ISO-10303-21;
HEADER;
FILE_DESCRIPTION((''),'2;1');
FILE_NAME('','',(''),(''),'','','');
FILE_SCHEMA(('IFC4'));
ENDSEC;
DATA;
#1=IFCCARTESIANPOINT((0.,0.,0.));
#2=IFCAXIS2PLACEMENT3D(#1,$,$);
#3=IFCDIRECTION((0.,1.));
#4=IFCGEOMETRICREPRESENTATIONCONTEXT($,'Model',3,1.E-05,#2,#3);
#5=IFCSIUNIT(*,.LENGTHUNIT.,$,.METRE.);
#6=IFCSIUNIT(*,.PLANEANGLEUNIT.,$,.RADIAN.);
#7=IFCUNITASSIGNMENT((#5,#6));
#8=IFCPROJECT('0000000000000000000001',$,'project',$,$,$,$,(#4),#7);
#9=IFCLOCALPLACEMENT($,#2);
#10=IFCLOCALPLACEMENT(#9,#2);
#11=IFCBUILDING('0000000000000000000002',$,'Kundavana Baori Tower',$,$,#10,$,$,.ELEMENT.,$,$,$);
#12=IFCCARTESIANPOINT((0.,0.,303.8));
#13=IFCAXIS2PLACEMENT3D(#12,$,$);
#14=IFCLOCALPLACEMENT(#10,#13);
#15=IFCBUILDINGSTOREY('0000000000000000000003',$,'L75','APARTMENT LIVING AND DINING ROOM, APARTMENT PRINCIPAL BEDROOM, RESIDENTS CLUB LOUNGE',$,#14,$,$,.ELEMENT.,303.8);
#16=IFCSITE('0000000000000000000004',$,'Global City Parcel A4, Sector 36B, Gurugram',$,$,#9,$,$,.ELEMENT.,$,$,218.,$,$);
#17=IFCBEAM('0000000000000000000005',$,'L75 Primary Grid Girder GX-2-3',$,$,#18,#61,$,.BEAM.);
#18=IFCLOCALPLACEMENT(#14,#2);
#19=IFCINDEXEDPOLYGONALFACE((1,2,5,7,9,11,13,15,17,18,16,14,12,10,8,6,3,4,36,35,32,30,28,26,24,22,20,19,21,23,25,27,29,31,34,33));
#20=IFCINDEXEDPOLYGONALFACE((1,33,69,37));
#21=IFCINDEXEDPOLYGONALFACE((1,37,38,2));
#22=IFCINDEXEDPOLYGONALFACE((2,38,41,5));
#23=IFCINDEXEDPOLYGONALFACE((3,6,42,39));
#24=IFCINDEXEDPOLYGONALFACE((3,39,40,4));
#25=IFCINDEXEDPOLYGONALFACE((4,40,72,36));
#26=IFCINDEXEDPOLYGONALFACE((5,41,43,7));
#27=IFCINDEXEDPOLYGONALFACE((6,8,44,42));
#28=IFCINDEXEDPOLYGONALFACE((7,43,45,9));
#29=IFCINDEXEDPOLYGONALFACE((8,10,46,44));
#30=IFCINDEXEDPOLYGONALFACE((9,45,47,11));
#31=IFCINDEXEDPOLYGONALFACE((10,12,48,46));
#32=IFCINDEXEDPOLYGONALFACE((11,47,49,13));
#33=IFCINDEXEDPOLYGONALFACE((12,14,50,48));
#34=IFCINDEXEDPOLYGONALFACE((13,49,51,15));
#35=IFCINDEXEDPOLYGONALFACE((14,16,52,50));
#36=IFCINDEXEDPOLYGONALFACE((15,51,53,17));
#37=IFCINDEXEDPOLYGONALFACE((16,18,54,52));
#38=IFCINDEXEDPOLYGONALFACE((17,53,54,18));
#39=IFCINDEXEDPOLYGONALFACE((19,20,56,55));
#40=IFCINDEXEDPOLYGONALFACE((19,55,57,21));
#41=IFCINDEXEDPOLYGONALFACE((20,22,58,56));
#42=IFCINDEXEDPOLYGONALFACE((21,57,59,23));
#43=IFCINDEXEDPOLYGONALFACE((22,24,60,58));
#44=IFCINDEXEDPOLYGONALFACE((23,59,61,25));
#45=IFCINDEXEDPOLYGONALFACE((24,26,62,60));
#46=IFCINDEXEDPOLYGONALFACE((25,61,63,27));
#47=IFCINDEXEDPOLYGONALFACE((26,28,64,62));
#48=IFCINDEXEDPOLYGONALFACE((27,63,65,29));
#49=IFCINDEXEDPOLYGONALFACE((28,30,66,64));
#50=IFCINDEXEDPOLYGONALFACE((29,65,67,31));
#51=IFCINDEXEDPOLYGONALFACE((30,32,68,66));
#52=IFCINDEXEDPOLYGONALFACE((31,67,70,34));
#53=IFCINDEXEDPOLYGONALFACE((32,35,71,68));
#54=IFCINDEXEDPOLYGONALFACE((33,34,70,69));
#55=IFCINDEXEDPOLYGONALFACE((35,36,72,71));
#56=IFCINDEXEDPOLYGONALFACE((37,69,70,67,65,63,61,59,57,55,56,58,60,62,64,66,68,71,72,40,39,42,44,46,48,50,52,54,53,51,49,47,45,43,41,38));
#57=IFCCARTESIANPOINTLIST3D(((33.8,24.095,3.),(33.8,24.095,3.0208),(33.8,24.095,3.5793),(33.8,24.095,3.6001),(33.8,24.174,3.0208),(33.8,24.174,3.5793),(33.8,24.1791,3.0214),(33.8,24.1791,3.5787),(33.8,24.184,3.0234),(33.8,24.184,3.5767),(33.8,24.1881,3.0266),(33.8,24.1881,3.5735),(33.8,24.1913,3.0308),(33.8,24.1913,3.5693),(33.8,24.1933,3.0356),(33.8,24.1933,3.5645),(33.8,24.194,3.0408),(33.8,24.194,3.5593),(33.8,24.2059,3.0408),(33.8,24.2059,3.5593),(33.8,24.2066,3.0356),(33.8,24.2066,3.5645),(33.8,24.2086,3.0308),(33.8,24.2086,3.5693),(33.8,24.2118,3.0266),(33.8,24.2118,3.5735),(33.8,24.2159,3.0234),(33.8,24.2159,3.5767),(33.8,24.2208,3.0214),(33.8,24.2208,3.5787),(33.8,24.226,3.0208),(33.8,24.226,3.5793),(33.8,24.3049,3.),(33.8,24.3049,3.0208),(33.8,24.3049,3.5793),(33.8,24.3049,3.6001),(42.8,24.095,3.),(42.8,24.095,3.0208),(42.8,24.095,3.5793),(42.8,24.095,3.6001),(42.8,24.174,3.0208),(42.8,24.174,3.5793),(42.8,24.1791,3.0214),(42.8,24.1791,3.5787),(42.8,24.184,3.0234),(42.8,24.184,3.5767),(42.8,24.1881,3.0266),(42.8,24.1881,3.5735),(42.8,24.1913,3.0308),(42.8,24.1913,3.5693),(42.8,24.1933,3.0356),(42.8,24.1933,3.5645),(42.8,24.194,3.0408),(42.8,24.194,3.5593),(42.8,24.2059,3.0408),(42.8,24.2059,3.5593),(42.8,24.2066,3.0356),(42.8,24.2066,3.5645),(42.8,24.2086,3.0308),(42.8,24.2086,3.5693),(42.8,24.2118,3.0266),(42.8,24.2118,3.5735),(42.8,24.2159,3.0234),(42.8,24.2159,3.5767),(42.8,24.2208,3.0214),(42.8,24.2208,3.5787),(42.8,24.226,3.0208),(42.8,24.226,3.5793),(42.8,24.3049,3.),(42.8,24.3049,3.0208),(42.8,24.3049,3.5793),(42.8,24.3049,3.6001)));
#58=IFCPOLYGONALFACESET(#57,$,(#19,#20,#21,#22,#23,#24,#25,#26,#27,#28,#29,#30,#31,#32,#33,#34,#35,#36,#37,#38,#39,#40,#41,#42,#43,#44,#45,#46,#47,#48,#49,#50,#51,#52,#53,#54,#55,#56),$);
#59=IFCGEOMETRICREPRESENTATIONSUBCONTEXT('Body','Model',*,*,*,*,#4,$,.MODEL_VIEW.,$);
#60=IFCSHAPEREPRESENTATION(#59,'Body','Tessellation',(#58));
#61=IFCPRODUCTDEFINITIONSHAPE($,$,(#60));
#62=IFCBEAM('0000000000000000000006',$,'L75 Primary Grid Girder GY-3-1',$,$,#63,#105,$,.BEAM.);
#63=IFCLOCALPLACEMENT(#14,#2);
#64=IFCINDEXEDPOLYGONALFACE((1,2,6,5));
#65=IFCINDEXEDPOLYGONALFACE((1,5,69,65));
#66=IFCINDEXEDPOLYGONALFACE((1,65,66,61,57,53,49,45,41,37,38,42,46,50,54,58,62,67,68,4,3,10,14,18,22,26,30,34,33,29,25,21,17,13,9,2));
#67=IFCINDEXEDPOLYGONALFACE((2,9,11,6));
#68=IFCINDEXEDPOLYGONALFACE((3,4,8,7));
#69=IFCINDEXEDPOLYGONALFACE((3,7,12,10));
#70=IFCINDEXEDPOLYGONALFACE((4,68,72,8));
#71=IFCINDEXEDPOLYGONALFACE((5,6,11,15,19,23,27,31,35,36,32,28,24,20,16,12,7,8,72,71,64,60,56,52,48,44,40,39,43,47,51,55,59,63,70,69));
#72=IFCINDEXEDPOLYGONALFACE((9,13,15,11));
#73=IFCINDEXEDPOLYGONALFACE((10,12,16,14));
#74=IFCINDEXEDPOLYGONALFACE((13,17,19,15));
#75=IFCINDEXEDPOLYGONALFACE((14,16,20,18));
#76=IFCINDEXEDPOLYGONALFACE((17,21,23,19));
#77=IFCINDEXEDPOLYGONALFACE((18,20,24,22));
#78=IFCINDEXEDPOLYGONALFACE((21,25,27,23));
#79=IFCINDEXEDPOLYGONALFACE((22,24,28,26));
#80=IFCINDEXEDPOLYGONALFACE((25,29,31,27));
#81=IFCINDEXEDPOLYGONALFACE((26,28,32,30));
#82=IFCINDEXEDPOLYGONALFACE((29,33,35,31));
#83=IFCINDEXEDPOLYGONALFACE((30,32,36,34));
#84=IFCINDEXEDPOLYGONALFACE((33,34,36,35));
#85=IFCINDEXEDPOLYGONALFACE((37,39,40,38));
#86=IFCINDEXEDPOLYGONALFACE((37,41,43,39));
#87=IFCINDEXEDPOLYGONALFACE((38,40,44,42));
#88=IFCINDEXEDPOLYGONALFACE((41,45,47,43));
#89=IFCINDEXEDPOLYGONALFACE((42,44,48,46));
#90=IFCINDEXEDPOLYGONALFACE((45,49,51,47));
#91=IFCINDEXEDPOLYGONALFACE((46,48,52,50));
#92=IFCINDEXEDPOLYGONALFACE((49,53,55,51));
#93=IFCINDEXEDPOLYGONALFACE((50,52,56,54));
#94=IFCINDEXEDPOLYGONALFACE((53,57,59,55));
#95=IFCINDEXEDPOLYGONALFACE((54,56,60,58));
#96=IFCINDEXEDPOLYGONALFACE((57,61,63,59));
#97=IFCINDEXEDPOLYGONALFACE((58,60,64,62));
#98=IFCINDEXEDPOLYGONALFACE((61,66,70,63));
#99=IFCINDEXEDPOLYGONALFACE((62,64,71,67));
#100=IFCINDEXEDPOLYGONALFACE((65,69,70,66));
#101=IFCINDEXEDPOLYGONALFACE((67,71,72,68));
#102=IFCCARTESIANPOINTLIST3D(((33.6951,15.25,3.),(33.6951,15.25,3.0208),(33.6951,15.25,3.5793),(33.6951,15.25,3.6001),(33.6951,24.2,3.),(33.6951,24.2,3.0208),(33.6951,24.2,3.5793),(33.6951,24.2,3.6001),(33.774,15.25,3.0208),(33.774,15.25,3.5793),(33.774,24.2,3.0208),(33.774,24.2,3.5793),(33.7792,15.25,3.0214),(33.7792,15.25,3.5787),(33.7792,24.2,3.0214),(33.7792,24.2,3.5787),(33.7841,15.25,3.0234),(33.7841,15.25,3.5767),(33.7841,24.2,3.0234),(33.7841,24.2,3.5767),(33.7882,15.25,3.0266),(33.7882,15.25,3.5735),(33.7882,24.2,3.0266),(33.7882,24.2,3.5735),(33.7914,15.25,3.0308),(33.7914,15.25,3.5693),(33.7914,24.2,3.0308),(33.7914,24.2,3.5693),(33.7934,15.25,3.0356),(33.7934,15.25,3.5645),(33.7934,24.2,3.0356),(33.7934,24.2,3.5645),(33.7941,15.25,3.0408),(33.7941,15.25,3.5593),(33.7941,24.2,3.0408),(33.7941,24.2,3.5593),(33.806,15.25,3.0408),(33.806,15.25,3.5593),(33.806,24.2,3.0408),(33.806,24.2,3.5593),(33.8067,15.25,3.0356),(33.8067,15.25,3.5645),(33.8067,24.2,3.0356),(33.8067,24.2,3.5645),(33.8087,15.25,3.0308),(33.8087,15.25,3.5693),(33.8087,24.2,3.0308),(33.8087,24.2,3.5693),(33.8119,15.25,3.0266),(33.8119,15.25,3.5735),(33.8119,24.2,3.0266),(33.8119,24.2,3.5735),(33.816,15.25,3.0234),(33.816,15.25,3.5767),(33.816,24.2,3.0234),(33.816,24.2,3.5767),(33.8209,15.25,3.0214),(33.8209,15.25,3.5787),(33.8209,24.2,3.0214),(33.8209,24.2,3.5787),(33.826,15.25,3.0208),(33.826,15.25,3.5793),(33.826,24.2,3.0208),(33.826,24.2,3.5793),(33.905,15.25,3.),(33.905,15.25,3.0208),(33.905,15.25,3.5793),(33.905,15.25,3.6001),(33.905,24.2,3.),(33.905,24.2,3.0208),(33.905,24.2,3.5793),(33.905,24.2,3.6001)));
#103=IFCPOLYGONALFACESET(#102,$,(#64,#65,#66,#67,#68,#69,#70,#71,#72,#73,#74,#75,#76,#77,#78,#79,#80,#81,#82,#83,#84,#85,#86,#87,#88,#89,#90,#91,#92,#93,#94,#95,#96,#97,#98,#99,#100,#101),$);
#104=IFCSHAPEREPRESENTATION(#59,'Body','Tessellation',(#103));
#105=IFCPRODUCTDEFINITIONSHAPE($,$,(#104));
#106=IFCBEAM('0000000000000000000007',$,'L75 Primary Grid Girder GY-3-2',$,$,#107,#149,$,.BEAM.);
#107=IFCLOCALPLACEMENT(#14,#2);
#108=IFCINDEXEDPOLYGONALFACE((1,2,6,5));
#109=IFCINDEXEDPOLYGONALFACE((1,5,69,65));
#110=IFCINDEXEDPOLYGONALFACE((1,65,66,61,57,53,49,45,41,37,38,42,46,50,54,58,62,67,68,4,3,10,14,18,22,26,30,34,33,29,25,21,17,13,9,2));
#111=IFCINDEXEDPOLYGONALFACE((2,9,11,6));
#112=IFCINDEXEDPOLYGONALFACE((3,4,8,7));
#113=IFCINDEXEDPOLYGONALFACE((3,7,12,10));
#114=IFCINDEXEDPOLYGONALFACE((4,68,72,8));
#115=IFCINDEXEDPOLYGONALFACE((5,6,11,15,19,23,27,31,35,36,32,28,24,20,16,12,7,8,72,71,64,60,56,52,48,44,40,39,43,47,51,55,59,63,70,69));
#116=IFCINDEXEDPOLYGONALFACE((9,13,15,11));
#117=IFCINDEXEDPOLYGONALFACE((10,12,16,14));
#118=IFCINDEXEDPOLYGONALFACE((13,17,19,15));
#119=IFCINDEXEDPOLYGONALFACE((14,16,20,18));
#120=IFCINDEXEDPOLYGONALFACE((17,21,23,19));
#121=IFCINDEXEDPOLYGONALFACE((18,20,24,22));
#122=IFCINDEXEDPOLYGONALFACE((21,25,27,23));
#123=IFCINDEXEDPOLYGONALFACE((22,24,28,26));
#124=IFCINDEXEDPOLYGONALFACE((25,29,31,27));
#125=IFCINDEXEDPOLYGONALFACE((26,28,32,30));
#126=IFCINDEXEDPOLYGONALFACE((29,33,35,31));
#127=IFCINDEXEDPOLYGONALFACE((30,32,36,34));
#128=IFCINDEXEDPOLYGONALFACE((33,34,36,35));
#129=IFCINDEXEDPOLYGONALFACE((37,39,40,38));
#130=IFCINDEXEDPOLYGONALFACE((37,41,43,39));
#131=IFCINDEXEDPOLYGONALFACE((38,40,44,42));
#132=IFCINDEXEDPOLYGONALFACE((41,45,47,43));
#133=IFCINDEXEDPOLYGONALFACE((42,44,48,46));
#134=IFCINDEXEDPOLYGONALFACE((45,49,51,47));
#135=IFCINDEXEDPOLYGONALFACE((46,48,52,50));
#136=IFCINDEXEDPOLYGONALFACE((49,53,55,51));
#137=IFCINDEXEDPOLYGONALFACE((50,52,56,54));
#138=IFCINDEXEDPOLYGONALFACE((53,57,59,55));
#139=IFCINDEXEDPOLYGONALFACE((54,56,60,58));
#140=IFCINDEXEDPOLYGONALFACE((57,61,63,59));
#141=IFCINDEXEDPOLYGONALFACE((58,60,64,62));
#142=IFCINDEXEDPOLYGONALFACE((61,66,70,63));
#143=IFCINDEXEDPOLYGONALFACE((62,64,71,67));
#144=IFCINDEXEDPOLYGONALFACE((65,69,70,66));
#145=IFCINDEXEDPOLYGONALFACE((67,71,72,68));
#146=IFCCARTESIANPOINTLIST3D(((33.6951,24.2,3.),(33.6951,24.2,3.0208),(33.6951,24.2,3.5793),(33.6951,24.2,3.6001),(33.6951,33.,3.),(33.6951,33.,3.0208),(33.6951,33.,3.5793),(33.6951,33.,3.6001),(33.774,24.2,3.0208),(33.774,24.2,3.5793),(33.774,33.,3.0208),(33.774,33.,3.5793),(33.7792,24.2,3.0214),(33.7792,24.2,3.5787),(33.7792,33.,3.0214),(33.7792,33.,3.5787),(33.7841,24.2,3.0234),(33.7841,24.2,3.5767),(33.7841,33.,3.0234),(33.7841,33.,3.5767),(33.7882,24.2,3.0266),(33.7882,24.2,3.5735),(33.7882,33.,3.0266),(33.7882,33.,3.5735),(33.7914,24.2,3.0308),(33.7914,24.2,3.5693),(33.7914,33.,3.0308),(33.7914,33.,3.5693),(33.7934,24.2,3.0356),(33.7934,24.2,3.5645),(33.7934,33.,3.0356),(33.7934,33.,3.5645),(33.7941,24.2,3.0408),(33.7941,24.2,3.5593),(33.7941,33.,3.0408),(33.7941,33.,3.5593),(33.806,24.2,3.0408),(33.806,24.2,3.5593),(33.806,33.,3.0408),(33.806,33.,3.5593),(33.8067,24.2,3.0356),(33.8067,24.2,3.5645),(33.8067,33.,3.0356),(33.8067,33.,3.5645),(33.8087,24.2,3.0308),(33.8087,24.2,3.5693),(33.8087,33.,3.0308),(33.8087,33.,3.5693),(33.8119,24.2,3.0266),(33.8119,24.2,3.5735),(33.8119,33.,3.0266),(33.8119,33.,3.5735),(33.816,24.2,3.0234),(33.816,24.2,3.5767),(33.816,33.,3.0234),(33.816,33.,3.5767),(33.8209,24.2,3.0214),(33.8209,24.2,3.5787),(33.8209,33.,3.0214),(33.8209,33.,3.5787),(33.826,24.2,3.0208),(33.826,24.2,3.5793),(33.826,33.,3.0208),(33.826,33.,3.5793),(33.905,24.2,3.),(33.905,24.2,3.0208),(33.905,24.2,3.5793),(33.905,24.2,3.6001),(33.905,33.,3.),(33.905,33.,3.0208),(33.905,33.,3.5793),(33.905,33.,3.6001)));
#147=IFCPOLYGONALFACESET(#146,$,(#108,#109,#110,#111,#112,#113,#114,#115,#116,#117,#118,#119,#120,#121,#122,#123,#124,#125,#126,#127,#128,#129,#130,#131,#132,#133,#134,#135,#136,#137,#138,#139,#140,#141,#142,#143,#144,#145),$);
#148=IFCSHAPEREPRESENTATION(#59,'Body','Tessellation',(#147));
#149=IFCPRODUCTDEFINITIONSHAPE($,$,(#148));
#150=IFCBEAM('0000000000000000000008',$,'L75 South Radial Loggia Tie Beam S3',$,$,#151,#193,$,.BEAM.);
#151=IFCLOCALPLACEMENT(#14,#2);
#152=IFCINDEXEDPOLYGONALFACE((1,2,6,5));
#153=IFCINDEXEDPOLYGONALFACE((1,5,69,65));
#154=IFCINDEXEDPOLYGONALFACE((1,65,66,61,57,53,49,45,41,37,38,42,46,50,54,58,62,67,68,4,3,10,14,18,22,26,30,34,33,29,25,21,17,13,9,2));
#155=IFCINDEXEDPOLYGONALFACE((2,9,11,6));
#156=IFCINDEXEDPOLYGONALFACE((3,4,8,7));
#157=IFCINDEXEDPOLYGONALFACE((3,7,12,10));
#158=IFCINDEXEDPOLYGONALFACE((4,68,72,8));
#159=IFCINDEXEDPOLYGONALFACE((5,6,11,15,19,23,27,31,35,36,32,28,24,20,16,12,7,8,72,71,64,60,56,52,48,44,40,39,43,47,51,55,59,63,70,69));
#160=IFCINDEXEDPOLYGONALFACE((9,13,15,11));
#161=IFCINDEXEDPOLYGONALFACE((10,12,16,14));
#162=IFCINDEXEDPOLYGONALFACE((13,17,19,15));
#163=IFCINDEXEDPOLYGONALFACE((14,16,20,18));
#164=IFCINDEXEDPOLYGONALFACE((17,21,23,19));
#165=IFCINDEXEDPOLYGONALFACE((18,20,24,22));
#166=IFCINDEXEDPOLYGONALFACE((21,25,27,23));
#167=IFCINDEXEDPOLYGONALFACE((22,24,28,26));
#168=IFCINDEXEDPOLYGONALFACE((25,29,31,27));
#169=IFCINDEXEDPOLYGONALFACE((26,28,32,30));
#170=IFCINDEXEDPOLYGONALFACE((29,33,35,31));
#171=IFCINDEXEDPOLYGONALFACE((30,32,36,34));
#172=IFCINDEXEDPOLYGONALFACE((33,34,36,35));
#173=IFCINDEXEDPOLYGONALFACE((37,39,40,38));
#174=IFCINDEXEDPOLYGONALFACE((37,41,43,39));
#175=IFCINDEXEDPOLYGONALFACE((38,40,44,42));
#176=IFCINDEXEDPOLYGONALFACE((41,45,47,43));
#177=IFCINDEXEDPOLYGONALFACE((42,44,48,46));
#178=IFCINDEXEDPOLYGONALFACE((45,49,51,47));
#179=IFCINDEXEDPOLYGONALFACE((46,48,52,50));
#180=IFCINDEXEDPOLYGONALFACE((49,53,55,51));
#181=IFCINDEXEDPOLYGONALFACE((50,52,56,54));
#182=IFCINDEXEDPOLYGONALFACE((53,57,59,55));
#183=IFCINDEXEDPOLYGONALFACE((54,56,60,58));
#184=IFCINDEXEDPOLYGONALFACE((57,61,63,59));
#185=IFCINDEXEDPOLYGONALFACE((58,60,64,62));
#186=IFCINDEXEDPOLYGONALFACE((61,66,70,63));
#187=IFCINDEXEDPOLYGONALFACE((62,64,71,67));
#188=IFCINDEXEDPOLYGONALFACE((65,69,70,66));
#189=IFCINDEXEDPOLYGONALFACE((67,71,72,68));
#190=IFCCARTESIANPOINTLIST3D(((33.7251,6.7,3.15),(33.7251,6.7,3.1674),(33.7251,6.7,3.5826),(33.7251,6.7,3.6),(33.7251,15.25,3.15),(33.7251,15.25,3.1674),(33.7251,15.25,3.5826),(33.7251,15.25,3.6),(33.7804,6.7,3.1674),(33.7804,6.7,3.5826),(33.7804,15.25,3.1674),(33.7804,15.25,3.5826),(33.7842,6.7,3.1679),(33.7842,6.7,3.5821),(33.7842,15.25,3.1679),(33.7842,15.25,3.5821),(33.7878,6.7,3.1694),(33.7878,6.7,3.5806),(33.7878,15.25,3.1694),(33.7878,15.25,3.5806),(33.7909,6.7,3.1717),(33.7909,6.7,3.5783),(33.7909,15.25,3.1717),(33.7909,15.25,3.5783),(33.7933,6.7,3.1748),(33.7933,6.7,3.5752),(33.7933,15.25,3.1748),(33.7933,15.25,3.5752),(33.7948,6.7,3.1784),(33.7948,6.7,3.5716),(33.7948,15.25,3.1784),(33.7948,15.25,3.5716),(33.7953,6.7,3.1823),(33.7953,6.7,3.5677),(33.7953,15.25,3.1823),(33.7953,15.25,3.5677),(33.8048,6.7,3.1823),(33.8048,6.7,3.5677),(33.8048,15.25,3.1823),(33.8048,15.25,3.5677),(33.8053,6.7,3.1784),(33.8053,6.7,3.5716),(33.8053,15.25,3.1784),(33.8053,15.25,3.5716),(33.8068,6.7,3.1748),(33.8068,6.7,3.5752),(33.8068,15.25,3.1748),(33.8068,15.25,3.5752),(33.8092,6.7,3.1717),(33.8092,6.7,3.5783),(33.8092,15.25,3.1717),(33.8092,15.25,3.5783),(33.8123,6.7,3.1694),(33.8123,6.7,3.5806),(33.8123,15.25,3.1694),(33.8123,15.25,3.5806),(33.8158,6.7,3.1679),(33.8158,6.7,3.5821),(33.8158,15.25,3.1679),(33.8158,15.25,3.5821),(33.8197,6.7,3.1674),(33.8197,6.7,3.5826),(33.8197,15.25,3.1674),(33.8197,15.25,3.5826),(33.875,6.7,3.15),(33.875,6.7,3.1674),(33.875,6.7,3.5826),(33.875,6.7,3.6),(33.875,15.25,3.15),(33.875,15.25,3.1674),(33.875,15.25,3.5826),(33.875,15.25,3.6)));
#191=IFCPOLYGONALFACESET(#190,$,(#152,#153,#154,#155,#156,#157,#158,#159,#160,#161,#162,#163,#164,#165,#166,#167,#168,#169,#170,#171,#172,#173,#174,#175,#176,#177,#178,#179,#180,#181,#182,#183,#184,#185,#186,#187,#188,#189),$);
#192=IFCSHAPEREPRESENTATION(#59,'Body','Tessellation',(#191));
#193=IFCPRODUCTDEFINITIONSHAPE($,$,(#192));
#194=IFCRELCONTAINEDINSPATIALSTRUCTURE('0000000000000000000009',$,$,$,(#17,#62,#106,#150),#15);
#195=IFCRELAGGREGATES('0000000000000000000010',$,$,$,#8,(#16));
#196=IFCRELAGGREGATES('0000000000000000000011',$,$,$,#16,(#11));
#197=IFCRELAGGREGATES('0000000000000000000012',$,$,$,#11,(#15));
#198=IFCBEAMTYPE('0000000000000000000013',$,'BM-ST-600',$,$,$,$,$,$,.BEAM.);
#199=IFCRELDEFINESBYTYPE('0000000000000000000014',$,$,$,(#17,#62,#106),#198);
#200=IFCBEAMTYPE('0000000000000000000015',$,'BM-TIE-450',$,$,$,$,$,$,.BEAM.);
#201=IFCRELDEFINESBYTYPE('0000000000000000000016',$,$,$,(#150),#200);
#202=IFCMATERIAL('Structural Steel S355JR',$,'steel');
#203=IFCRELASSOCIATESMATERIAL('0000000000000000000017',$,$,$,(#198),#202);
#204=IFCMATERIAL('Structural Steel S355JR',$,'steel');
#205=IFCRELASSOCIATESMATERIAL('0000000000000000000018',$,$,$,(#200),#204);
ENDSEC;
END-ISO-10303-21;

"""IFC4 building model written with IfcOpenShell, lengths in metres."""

from ifc_helpers import new_model, si_unit, direction, frame, origin, origin_2d, place, context, subcontext, project, spatial, i_section, extrude, material, material_profile, profile_set, type_object, element, save


model = new_model("IFC4")

# Units and contexts
model_context = context("Model", 3, precision=1e-05, world=origin(), true_north=direction((0.0, 1.0)))
body_context = subcontext(model_context, "Body", "Model", "MODEL_VIEW")
ifc_project = project(units=[si_unit("LENGTHUNIT", "METRE"), si_unit("PLANEANGLEUNIT", "RADIAN")], contexts=[model_context])

# Site, building, storey
site_placement = place(None, origin())
site = spatial("IfcSite", under=ifc_project, at=site_placement, Name="Global City Parcel A4, Sector 36B, Gurugram", CompositionType="ELEMENT", RefElevation=218.0)
building_placement = place(site_placement, origin())
building = spatial("IfcBuilding", under=site, at=building_placement, Name="Kundavana Baori Tower", CompositionType="ELEMENT")
storey_placement = place(building_placement, frame((0.0, 0.0, 303.8)))
storey = spatial("IfcBuildingStorey", under=building, at=storey_placement, Name="L75", Description="APARTMENT LIVING AND DINING ROOM, APARTMENT PRINCIPAL BEDROOM, RESIDENTS CLUB LOUNGE", CompositionType="ELEMENT", Elevation=303.8)

# Beams
ifc_material_1 = material(Name="Structural Steel S355JR", Category="steel")
ifc_material_profile_1 = material_profile(ifc_material_1, i_section(OverallWidth=0.21, OverallDepth=0.6001, WebThickness=0.012, FlangeThickness=0.0208, FilletRadius=0.02, at=origin_2d()), Name="ISMB 600")
ifc_profile_set_1 = profile_set([ifc_material_profile_1], Name="Structural Steel S355JR")
beam_type_1 = type_object("IfcBeamType", Name="BM-ST-600", PredefinedType="BEAM", material=ifc_profile_set_1)
for number, where, z_axis, x_axis, name in (
    (1, (33.8, 24.2, 3.3), (1.0, 0.0, 0.0), (0.0, 1.0, 0.0), "L75 Primary Grid Girder GX-2-3"),
):
    element("IfcBeam", number, at=place(storey_placement, frame(where, z_axis=z_axis, x_axis=x_axis)), inside=storey, type_object=beam_type_1, Name=name, PredefinedType="BEAM", context=body_context, shape_type="SweptSolid", body=[
        extrude(i_section(OverallWidth=0.21, OverallDepth=0.6001, WebThickness=0.012, FlangeThickness=0.0208, FilletRadius=0.02, at=origin_2d()), origin(), (0.0, 0.0, 1.0), 9.0),
    ])
beam_1_placement = place(storey_placement, frame((33.8, 15.25, 3.3), z_axis=(0.0, 1.0, 0.0), x_axis=(-1.0, 0.0, 0.0)))
element("IfcBeam", 2, at=beam_1_placement, inside=storey, type_object=beam_type_1, Name="L75 Primary Grid Girder GY-3-1", PredefinedType="BEAM", context=body_context, shape_type="SweptSolid", body=[
    extrude(i_section(OverallWidth=0.21, OverallDepth=0.6001, WebThickness=0.012, FlangeThickness=0.0208, FilletRadius=0.02, at=origin_2d()), origin(), (0.0, 0.0, 1.0), 8.95),
])
beam_2_placement = place(storey_placement, frame((33.8, 24.2, 3.3), z_axis=(0.0, 1.0, 0.0), x_axis=(-1.0, 0.0, 0.0)))
element("IfcBeam", 3, at=beam_2_placement, inside=storey, type_object=beam_type_1, Name="L75 Primary Grid Girder GY-3-2", PredefinedType="BEAM", context=body_context, shape_type="SweptSolid", body=[
    extrude(i_section(OverallWidth=0.21, OverallDepth=0.6001, WebThickness=0.012, FlangeThickness=0.0208, FilletRadius=0.02, at=origin_2d()), origin(), (0.0, 0.0, 1.0), 8.8),
])
ifc_material_2 = material(Name="Structural Steel S355JR", Category="steel")
ifc_material_profile_2 = material_profile(ifc_material_2, i_section(OverallWidth=0.1499, OverallDepth=0.45, WebThickness=0.0095, FlangeThickness=0.0173, FilletRadius=0.0149, at=origin_2d()), Name="ISMB 450")
ifc_profile_set_2 = profile_set([ifc_material_profile_2], Name="Structural Steel S355JR")
beam_type_2 = type_object("IfcBeamType", Name="BM-TIE-450", PredefinedType="BEAM", material=ifc_profile_set_2)
beam_3_placement = place(storey_placement, frame((33.8, 15.25, 3.375), z_axis=(0.0, -1.0, 0.0), x_axis=(1.0, 0.0, 0.0)))
element("IfcBeam", 4, at=beam_3_placement, inside=storey, type_object=beam_type_2, Name="L75 South Radial Loggia Tie Beam S3", PredefinedType="BEAM", context=body_context, shape_type="SweptSolid", body=[
    extrude(i_section(OverallWidth=0.1499, OverallDepth=0.45, WebThickness=0.0095, FlangeThickness=0.0173, FilletRadius=0.0149, at=origin_2d()), origin(), (0.0, 0.0, 1.0), 8.55),
])

save(model, "model.ifc")
